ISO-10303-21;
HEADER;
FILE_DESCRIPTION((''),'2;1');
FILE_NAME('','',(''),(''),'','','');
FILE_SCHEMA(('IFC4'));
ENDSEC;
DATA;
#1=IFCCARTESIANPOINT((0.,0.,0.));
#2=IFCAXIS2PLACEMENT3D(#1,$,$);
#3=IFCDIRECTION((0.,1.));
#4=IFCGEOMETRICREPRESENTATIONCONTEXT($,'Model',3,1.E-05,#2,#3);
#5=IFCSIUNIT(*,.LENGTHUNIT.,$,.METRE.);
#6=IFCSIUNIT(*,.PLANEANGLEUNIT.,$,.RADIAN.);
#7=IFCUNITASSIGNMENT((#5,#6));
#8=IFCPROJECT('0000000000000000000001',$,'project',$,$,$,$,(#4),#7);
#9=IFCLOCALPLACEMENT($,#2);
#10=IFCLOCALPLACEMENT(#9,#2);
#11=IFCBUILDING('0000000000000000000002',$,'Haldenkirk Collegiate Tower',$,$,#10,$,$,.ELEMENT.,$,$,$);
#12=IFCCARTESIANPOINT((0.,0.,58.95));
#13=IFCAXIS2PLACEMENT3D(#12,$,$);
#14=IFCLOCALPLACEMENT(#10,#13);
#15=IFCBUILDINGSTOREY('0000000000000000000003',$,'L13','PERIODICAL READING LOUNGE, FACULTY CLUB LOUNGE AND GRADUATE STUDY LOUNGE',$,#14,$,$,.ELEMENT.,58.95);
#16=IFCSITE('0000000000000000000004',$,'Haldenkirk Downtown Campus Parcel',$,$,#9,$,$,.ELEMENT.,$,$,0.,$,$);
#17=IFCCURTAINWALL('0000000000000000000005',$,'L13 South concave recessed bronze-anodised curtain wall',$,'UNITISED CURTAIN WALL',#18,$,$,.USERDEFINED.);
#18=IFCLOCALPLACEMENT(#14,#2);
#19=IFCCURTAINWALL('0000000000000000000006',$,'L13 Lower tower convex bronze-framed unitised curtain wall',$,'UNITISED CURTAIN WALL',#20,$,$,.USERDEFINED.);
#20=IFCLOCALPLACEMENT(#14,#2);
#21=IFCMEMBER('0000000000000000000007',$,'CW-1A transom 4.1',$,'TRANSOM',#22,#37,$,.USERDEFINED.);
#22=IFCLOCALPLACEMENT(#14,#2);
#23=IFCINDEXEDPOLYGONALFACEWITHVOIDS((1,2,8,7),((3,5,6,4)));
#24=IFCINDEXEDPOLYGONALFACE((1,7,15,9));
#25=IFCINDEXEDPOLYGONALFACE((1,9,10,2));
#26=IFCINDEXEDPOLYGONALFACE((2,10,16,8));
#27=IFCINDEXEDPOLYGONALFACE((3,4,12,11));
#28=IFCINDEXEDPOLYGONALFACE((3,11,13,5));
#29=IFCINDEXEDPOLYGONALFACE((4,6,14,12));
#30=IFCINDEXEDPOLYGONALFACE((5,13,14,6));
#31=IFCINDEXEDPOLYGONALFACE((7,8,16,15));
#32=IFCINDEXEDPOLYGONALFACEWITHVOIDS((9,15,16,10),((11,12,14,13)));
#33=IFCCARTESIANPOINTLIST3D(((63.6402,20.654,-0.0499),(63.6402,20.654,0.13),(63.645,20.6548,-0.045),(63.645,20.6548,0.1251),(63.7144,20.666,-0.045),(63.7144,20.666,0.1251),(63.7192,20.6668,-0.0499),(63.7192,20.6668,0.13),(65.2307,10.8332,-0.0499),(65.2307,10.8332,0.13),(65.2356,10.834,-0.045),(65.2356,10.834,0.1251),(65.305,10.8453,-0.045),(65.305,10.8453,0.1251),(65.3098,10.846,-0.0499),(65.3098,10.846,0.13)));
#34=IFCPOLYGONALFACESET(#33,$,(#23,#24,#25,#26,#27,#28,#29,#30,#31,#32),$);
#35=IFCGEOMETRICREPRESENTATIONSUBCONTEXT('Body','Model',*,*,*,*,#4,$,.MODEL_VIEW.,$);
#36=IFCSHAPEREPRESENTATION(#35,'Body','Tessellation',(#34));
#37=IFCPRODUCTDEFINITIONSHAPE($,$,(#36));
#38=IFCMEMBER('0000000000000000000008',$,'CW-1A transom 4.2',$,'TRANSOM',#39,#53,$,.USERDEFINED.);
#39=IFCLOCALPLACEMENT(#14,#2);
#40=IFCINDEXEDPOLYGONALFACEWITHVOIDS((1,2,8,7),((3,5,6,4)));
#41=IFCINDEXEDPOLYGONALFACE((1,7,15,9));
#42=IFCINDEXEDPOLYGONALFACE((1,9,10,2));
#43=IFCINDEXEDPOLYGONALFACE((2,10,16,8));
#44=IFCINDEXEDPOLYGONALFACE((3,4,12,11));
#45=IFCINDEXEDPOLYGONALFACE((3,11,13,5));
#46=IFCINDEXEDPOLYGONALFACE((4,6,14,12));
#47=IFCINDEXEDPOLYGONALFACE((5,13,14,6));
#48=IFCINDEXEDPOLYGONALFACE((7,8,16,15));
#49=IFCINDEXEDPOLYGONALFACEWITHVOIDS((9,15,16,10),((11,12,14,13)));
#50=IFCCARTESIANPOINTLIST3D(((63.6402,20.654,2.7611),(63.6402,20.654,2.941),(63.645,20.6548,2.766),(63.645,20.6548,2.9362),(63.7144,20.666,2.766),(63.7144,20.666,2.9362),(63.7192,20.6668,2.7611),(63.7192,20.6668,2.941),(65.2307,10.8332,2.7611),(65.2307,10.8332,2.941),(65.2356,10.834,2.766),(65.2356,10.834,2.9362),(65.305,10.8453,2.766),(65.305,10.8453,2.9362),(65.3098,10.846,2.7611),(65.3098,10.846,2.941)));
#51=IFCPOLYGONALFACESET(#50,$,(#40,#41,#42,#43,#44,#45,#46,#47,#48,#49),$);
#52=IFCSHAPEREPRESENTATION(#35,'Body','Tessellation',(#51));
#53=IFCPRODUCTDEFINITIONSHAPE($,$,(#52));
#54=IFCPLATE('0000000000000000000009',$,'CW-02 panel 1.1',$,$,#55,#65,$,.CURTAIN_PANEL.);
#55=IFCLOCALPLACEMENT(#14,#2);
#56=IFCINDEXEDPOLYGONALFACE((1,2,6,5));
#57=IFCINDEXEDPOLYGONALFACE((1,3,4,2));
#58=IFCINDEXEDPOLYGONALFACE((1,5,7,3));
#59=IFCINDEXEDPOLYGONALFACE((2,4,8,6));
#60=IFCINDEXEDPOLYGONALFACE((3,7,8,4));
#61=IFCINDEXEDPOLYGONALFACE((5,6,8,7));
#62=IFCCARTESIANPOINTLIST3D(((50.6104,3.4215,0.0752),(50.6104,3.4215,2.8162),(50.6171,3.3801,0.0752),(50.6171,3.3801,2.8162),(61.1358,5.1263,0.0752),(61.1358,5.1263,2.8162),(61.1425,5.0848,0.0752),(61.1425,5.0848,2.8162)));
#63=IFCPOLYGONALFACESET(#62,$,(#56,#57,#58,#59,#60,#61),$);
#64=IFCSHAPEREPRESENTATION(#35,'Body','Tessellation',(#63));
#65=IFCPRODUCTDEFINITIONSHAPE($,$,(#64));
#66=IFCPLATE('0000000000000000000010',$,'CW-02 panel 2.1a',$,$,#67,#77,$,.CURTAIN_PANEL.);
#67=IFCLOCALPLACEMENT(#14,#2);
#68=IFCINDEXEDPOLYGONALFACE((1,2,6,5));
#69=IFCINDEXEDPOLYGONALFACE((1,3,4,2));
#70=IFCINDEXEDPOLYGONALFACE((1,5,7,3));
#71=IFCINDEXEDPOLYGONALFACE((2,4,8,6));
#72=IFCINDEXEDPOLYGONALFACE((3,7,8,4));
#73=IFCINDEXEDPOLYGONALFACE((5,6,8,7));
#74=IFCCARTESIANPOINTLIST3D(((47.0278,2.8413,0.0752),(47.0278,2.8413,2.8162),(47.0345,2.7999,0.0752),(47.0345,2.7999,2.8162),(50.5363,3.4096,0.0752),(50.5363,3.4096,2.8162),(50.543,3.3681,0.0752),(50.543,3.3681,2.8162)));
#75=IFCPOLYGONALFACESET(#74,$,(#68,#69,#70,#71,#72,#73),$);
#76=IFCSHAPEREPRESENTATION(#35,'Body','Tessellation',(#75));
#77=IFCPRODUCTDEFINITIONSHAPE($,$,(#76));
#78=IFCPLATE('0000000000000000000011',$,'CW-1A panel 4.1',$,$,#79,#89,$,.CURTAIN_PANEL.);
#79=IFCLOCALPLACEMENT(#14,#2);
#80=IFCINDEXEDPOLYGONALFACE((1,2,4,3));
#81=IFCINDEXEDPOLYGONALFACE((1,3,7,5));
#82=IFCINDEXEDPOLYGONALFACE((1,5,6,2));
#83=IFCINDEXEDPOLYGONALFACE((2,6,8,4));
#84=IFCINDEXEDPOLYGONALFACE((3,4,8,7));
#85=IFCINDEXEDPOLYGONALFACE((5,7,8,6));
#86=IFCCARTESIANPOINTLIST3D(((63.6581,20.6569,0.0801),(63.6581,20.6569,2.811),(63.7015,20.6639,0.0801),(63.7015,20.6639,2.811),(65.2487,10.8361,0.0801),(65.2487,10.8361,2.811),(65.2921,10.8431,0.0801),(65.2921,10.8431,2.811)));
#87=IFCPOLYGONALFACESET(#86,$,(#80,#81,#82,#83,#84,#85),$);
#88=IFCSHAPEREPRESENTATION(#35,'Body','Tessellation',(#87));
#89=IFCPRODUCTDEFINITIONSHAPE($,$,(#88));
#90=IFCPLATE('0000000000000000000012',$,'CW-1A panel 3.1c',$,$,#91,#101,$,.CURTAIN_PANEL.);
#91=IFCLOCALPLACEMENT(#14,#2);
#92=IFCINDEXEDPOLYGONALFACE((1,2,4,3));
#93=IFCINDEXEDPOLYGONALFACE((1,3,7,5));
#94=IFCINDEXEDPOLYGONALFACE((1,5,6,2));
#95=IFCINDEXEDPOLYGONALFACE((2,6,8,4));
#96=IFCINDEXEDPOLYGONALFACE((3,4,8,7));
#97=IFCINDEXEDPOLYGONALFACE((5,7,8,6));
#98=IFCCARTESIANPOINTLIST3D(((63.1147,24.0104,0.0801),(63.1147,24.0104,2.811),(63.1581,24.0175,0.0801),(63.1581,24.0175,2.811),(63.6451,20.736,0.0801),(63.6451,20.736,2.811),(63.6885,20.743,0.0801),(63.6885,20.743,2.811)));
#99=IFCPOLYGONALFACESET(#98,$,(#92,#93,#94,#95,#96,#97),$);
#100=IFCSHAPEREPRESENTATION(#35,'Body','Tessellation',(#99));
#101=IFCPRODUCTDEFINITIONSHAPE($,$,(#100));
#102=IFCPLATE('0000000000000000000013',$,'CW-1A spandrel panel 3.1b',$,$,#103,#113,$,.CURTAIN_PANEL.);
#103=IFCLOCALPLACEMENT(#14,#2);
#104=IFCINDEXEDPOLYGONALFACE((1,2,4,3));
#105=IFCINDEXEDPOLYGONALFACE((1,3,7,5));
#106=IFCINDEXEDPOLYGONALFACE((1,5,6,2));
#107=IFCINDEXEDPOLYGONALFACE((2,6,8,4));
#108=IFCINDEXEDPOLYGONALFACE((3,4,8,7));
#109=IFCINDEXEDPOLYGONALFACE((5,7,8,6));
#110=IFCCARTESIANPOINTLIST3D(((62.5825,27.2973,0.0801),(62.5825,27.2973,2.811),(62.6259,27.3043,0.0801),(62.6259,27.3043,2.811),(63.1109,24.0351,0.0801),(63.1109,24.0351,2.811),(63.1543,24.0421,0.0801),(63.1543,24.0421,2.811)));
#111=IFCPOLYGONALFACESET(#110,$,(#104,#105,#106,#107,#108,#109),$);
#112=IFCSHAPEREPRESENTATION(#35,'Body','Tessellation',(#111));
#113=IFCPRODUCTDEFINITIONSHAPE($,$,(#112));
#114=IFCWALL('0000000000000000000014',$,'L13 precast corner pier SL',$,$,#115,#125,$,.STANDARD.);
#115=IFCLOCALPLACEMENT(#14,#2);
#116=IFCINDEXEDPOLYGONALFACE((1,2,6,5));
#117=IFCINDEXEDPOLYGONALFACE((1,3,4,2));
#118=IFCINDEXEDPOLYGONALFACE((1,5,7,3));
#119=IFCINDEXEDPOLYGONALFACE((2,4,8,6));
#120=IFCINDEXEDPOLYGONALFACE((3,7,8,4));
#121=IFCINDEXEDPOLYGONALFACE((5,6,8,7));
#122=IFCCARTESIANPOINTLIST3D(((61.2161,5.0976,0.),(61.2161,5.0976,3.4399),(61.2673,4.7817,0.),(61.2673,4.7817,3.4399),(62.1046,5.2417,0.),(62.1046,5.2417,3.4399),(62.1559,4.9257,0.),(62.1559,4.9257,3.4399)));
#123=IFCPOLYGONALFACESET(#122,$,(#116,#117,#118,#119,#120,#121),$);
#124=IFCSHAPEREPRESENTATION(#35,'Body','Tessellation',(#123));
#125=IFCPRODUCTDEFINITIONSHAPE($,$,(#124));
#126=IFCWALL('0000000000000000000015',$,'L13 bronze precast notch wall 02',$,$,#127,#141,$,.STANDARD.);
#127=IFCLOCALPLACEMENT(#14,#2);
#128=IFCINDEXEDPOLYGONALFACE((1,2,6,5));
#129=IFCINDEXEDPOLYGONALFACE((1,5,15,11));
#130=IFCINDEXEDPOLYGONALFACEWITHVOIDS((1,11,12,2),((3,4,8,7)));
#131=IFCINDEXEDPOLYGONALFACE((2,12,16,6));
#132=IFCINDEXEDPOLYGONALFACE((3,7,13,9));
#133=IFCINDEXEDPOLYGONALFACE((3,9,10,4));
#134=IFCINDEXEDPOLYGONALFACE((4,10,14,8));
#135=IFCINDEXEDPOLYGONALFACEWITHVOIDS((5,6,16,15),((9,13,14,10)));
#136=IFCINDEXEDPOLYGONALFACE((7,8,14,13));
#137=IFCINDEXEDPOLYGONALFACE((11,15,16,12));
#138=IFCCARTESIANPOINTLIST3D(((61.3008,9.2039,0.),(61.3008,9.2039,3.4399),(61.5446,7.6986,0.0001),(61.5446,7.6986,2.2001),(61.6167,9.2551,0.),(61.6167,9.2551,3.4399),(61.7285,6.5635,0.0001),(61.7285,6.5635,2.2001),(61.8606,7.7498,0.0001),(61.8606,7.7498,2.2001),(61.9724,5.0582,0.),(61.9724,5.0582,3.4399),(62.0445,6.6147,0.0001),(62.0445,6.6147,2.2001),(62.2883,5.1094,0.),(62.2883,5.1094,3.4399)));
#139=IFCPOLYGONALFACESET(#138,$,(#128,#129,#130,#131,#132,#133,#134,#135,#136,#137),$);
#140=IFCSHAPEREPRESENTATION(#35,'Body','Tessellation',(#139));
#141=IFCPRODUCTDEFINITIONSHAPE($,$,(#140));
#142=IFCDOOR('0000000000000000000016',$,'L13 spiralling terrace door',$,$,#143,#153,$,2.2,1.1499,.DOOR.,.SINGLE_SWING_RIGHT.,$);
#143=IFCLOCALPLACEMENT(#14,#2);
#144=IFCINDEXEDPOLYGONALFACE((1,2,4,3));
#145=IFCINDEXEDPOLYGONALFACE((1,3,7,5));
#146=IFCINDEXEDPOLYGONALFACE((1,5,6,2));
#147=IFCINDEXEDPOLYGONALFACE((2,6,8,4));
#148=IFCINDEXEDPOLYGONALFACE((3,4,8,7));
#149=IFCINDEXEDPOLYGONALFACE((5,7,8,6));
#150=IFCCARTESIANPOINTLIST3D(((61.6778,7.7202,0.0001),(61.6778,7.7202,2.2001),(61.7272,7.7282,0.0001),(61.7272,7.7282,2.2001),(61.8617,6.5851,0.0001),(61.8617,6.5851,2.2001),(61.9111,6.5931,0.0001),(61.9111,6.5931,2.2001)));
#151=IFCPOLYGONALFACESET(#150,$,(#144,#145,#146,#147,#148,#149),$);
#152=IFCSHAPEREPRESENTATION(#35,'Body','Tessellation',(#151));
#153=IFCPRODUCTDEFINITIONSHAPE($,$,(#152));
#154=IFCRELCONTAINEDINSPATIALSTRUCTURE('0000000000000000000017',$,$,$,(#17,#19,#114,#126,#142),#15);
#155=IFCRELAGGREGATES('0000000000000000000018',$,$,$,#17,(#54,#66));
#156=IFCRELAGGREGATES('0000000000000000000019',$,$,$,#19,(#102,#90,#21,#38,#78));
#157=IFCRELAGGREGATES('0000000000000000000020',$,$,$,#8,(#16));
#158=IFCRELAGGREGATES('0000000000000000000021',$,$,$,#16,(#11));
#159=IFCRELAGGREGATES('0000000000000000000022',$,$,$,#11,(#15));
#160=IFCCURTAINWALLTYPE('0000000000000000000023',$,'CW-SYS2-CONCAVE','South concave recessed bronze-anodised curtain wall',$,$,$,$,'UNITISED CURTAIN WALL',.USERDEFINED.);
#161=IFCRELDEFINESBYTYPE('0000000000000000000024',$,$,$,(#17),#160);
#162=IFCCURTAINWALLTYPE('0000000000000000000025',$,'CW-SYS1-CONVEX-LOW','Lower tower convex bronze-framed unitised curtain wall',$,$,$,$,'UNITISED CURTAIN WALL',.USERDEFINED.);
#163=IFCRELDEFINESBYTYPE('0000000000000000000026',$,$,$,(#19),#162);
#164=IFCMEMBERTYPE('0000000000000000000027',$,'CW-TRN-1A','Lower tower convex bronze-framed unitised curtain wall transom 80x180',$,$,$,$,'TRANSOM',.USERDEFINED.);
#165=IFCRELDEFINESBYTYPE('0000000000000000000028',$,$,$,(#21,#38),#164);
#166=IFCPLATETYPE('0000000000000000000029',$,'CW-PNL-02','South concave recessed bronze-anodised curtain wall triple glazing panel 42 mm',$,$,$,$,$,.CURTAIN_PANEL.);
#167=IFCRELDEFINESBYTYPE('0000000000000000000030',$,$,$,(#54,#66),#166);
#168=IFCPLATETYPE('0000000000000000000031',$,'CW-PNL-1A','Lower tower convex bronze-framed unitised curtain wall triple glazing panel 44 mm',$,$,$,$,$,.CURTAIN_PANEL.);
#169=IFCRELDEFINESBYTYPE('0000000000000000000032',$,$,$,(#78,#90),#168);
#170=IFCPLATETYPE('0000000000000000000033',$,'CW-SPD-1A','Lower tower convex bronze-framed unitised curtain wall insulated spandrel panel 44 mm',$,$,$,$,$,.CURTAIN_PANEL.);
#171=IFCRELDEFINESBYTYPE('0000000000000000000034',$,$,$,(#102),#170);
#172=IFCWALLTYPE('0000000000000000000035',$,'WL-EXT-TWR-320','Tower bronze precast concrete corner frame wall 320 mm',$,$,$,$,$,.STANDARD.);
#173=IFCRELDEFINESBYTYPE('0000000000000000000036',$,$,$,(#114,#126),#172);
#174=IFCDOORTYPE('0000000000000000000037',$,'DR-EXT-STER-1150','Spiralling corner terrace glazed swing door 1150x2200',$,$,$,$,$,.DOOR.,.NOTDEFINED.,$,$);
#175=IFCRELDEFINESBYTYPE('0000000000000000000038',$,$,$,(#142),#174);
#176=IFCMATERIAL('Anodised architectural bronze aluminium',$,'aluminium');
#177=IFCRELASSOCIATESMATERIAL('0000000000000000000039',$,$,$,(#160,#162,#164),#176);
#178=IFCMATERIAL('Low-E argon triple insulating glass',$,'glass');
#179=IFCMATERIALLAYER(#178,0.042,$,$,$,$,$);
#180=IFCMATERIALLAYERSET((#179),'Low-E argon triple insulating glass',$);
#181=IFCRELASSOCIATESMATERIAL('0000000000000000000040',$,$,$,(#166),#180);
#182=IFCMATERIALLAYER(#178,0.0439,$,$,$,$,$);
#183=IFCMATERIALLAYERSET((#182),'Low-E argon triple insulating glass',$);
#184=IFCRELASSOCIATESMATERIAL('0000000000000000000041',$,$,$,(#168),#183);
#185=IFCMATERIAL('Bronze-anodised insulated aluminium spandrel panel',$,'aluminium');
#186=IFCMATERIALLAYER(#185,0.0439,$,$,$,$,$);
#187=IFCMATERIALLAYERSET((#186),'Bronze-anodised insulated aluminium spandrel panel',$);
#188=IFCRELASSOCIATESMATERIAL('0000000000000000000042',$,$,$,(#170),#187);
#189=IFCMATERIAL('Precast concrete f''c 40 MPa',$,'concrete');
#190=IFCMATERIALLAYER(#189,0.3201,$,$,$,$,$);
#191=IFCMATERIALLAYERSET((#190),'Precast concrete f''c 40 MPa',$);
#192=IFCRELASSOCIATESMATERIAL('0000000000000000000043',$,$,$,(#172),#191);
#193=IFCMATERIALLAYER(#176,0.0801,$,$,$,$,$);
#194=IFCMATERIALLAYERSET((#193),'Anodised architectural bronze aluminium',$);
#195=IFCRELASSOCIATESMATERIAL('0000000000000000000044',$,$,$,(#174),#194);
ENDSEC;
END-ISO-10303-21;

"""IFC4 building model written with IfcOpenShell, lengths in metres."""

from ifc_helpers import new_model, si_unit, direction, frame, frame_2d, origin, origin_2d, place, context, subcontext, project, spatial, rectangle, hollow_rectangle, extrude, source, transform, mapped, material, layer, layer_set, material_profile, profile_set, type_object, element, fill, aggregate, save


model = new_model("IFC4")

# Units and contexts
model_context = context("Model", 3, precision=1e-05, world=origin(), true_north=direction((0.0, 1.0)))
body_context = subcontext(model_context, "Body", "Model", "MODEL_VIEW")
ifc_project = project(units=[si_unit("LENGTHUNIT", "METRE"), si_unit("PLANEANGLEUNIT", "RADIAN")], contexts=[model_context])

# Site, building, storey
site_placement = place(None, origin())
site = spatial("IfcSite", under=ifc_project, at=site_placement, Name="Haldenkirk Downtown Campus Parcel", CompositionType="ELEMENT", RefElevation=0.0)
building_placement = place(site_placement, origin())
building = spatial("IfcBuilding", under=site, at=building_placement, Name="Haldenkirk Collegiate Tower", CompositionType="ELEMENT")
storey_placement = place(building_placement, frame((0.0, 0.0, 58.95)))
storey = spatial("IfcBuildingStorey", under=building, at=storey_placement, Name="L13", Description="PERIODICAL READING LOUNGE, FACULTY CLUB LOUNGE AND GRADUATE STUDY LOUNGE", CompositionType="ELEMENT", Elevation=58.95)

# Curtain walls
ifc_material_1 = material(Name="Anodised architectural bronze aluminium", Category="aluminium")
curtain_wall_type_1 = type_object("IfcCurtainWallType", Name="CW-SYS2-CONCAVE", Description="South concave recessed bronze-anodised curtain wall", ElementType="UNITISED CURTAIN WALL", PredefinedType="USERDEFINED", material=ifc_material_1)
curtain_wall_1_placement = place(storey_placement, origin())
curtain_wall_1 = element("IfcCurtainWall", 1, at=curtain_wall_1_placement, inside=storey, type_object=curtain_wall_type_1, Name="L13 South concave recessed bronze-anodised curtain wall", ObjectType="UNITISED CURTAIN WALL", PredefinedType="USERDEFINED")
curtain_wall_type_2 = type_object("IfcCurtainWallType", Name="CW-SYS1-CONVEX-LOW", Description="Lower tower convex bronze-framed unitised curtain wall", ElementType="UNITISED CURTAIN WALL", PredefinedType="USERDEFINED", material=ifc_material_1)
curtain_wall_2_placement = place(storey_placement, origin())
curtain_wall_2 = element("IfcCurtainWall", 2, at=curtain_wall_2_placement, inside=storey, type_object=curtain_wall_type_2, Name="L13 Lower tower convex bronze-framed unitised curtain wall", ObjectType="UNITISED CURTAIN WALL", PredefinedType="USERDEFINED")

# Members
ifc_material_profile_1 = material_profile(ifc_material_1, hollow_rectangle(XDim=0.0801, YDim=0.1799, WallThickness=0.0049, at=origin_2d()), Name="CW-TRN-1A")
ifc_profile_set_1 = profile_set([ifc_material_profile_1], Name="Anodised architectural bronze aluminium")
member_type_1 = type_object("IfcMemberType", Name="CW-TRN-1A", Description="Lower tower convex bronze-framed unitised curtain wall transom 80x180", ElementType="TRANSOM", PredefinedType="USERDEFINED", material=ifc_profile_set_1)
member_1_placement = place(storey_placement, frame((63.6797, 20.6604, 0.04), z_axis=(0.159877, -0.987137, 0.0), x_axis=(0.987137, 0.159877, 0.0)))
member_1 = element("IfcMember", 3, at=member_1_placement, type_object=member_type_1, Name="CW-1A transom 4.1", ObjectType="TRANSOM", PredefinedType="USERDEFINED", context=body_context, shape_type="SweptSolid", body=[
    extrude(hollow_rectangle(XDim=0.0801, YDim=0.1799, WallThickness=0.0049, at=origin_2d()), origin(), (0.0, 0.0, 1.0), 9.9487),
])
member_2_placement = place(storey_placement, frame((63.6797, 20.6604, 2.8511), z_axis=(0.159877, -0.987137, 0.0), x_axis=(0.987137, 0.159877, 0.0)))
member_2 = element("IfcMember", 4, at=member_2_placement, type_object=member_type_1, Name="CW-1A transom 4.2", ObjectType="TRANSOM", PredefinedType="USERDEFINED", context=body_context, shape_type="SweptSolid", body=[
    extrude(hollow_rectangle(XDim=0.0801, YDim=0.1799, WallThickness=0.0049, at=origin_2d()), origin(), (0.0, 0.0, 1.0), 9.9487),
])

# Plates
ifc_material_2 = material(Name="Low-E argon triple insulating glass", Category="glass")
ifc_layer_1 = layer(ifc_material_2, 0.042)
ifc_layer_set_1 = layer_set([ifc_layer_1], Name="Low-E argon triple insulating glass")
plate_type_1 = type_object("IfcPlateType", Name="CW-PNL-02", Description="South concave recessed bronze-anodised curtain wall triple glazing panel 42 mm", PredefinedType="CURTAIN_PANEL", material=ifc_layer_set_1)
shared_shape_1 = source(origin(), body_context, "Body", "SweptSolid", [
    extrude(rectangle(XDim=10.6626, YDim=0.042, at=origin_2d()), origin(), (0.0, 0.0, 1.0), 2.741),
])
plate_1_placement = place(storey_placement, frame((55.8765, 4.2532, 0.0752), z_axis=(0.0, 0.0, 1.0), x_axis=(-0.987136, -0.159881, 0.0)))
plate_1 = element("IfcPlate", 5, at=plate_1_placement, type_object=plate_type_1, Name="CW-02 panel 1.1", PredefinedType="CURTAIN_PANEL", context=body_context, shape_type="MappedRepresentation", body=[
    mapped(shared_shape_1, transform((0.0, 0.0, 0.0), x_axis=(1.0, 0.0, 0.0), y_axis=(0.0, 1.0, 0.0), z_axis=(0.0, 0.0, 1.0), scale=1.0)),
])
shared_shape_2 = source(origin(), body_context, "Body", "SweptSolid", [
    extrude(rectangle(XDim=3.5542, YDim=0.042, at=origin_2d()), origin(), (0.0, 0.0, 1.0), 2.741),
])
plate_2_placement = place(storey_placement, frame((48.7854, 3.1047, 0.0752), z_axis=(0.0, 0.0, 1.0), x_axis=(-0.987136, -0.159881, 0.0)))
plate_2 = element("IfcPlate", 6, at=plate_2_placement, type_object=plate_type_1, Name="CW-02 panel 2.1a", PredefinedType="CURTAIN_PANEL", context=body_context, shape_type="MappedRepresentation", body=[
    mapped(shared_shape_2, transform((0.0, 0.0, 0.0), x_axis=(1.0, 0.0, 0.0), y_axis=(0.0, 1.0, 0.0), z_axis=(0.0, 0.0, 1.0), scale=1.0)),
])
aggregate(curtain_wall_1, [plate_1, plate_2])
ifc_layer_2 = layer(ifc_material_2, 0.0439)
ifc_layer_set_2 = layer_set([ifc_layer_2], Name="Low-E argon triple insulating glass")
plate_type_2 = type_object("IfcPlateType", Name="CW-PNL-1A", Description="Lower tower convex bronze-framed unitised curtain wall triple glazing panel 44 mm", PredefinedType="CURTAIN_PANEL", material=ifc_layer_set_2)
shared_shape_3 = source(origin(), body_context, "Body", "SweptSolid", [
    extrude(rectangle(XDim=9.9487, YDim=0.0439, at=origin_2d()), origin(), (0.0, 0.0, 1.0), 2.731),
])
plate_3_placement = place(storey_placement, frame((64.4751, 15.75, 0.0801), z_axis=(0.0, 0.0, 1.0), x_axis=(0.15988, -0.987136, 0.0)))
plate_3 = element("IfcPlate", 7, at=plate_3_placement, type_object=plate_type_2, Name="CW-1A panel 4.1", PredefinedType="CURTAIN_PANEL", context=body_context, shape_type="MappedRepresentation", body=[
    mapped(shared_shape_3, transform((0.0, 0.0, 0.0), x_axis=(1.0, 0.0, 0.0), y_axis=(0.0, 1.0, 0.0), z_axis=(0.0, 0.0, 1.0), scale=1.0)),
])
shared_shape_4 = source(origin(), body_context, "Body", "SweptSolid", [
    extrude(rectangle(XDim=3.3171, YDim=0.0439, at=origin_2d()), origin(), (0.0, 0.0, 1.0), 2.731),
])
plate_4_placement = place(storey_placement, frame((63.4016, 22.3767, 0.0801), z_axis=(0.0, 0.0, 1.0), x_axis=(0.15988, -0.987136, 0.0)))
plate_4 = element("IfcPlate", 8, at=plate_4_placement, type_object=plate_type_2, Name="CW-1A panel 3.1c", PredefinedType="CURTAIN_PANEL", context=body_context, shape_type="MappedRepresentation", body=[
    mapped(shared_shape_4, transform((0.0, 0.0, 0.0), x_axis=(1.0, 0.0, 0.0), y_axis=(0.0, 1.0, 0.0), z_axis=(0.0, 0.0, 1.0), scale=1.0)),
])
ifc_material_3 = material(Name="Bronze-anodised insulated aluminium spandrel panel", Category="aluminium")
ifc_layer_3 = layer(ifc_material_3, 0.0439)
ifc_layer_set_3 = layer_set([ifc_layer_3], Name="Bronze-anodised insulated aluminium spandrel panel")
plate_type_3 = type_object("IfcPlateType", Name="CW-SPD-1A", Description="Lower tower convex bronze-framed unitised curtain wall insulated spandrel panel 44 mm", PredefinedType="CURTAIN_PANEL", material=ifc_layer_set_3)
shared_shape_5 = source(origin(), body_context, "Body", "SweptSolid", [
    extrude(rectangle(XDim=3.3047, YDim=0.0439, at=origin_2d()), origin(), (0.0, 0.0, 1.0), 2.731),
])
plate_5_placement = place(storey_placement, frame((62.8684, 25.6697, 0.0801), z_axis=(0.0, 0.0, 1.0), x_axis=(0.15988, -0.987136, 0.0)))
plate_5 = element("IfcPlate", 9, at=plate_5_placement, type_object=plate_type_3, Name="CW-1A spandrel panel 3.1b", PredefinedType="CURTAIN_PANEL", context=body_context, shape_type="MappedRepresentation", body=[
    mapped(shared_shape_5, transform((0.0, 0.0, 0.0), x_axis=(1.0, 0.0, 0.0), y_axis=(0.0, 1.0, 0.0), z_axis=(0.0, 0.0, 1.0), scale=1.0)),
])
aggregate(curtain_wall_2, [plate_5, plate_4, member_1, member_2, plate_3])

# Wall
ifc_material_4 = material(Name="Precast concrete f'c 40 MPa", Category="concrete")
ifc_layer_4 = layer(ifc_material_4, 0.3201)
ifc_layer_set_4 = layer_set([ifc_layer_4], Name="Precast concrete f'c 40 MPa")
wall_type_1 = type_object("IfcWallType", Name="WL-EXT-TWR-320", Description="Tower bronze precast concrete corner frame wall 320 mm", PredefinedType="STANDARD", material=ifc_layer_set_4)
wall_1_placement = place(storey_placement, frame((62.1304, 5.0837, 0.0), z_axis=(0.0, 0.0, 1.0), x_axis=(-0.98711, -0.160043, 0.0)))
element("IfcWall", 10, at=wall_1_placement, inside=storey, type_object=wall_type_1, Name="L13 precast corner pier SL", PredefinedType="STANDARD", context=body_context, shape_type="SweptSolid", body=[
    extrude(rectangle(XDim=0.9001, YDim=0.3201, at=frame_2d((0.4502, 0.0))), origin(), (0.0, 0.0, 1.0), 3.4399),
])

# Wall, opening, door
wall_2_placement = place(storey_placement, frame((61.4587, 9.2295, 0.0), z_axis=(0.0, 0.0, 1.0), x_axis=(0.15992, -0.98713, 0.0)))
wall_2 = element("IfcWall", 11, at=wall_2_placement, inside=storey, type_object=wall_type_1, Name="L13 bronze precast notch wall 02", PredefinedType="STANDARD", context=body_context, shape_type="SweptSolid", body=[
    extrude(rectangle(XDim=4.1997, YDim=0.3201, at=frame_2d((2.0999, 0.0))), origin(), (0.0, 0.0, 1.0), 3.4399),
])
opening_1_placement = place(wall_2_placement, frame((1.5249, 0.0, 0.0)))
opening_1 = element("IfcOpeningElement", 12, at=opening_1_placement, cuts=wall_2, PredefinedType="OPENING", context=body_context, shape_type="SweptSolid", body=[
    extrude(rectangle(XDim=1.1499, YDim=2.2, at=frame_2d((0.575, 1.1001))), frame((0.0, 0.1699, 0.0), z_axis=(0.0, -1.0, 0.0), x_axis=(1.0, 0.0, 0.0)), (0.0, 0.0, 1.0), 0.3401),
])
ifc_layer_5 = layer(ifc_material_1, 0.0801)
ifc_layer_set_5 = layer_set([ifc_layer_5], Name="Anodised architectural bronze aluminium")
door_type = type_object("IfcDoorType", Name="DR-EXT-STER-1150", Description="Spiralling corner terrace glazed swing door 1150x2200", OperationType="NOTDEFINED", PredefinedType="DOOR", material=ifc_layer_set_5)
door_placement = place(opening_1_placement, origin())
door = element("IfcDoor", 13, at=door_placement, inside=storey, type_object=door_type, Name="L13 spiralling terrace door", OperationType="SINGLE_SWING_RIGHT", OverallHeight=2.2, OverallWidth=1.1499, PredefinedType="DOOR", context=body_context, shape_type="SweptSolid", body=[
    extrude(rectangle(XDim=1.1499, YDim=2.2, at=frame_2d((0.575, 1.1001))), frame((0.0, 0.0249, 0.0), z_axis=(0.0, -1.0, 0.0), x_axis=(1.0, 0.0, 0.0)), (0.0, 0.0, 1.0), 0.05),
])
fill(opening_1, door)

save(model, "model.ifc")
